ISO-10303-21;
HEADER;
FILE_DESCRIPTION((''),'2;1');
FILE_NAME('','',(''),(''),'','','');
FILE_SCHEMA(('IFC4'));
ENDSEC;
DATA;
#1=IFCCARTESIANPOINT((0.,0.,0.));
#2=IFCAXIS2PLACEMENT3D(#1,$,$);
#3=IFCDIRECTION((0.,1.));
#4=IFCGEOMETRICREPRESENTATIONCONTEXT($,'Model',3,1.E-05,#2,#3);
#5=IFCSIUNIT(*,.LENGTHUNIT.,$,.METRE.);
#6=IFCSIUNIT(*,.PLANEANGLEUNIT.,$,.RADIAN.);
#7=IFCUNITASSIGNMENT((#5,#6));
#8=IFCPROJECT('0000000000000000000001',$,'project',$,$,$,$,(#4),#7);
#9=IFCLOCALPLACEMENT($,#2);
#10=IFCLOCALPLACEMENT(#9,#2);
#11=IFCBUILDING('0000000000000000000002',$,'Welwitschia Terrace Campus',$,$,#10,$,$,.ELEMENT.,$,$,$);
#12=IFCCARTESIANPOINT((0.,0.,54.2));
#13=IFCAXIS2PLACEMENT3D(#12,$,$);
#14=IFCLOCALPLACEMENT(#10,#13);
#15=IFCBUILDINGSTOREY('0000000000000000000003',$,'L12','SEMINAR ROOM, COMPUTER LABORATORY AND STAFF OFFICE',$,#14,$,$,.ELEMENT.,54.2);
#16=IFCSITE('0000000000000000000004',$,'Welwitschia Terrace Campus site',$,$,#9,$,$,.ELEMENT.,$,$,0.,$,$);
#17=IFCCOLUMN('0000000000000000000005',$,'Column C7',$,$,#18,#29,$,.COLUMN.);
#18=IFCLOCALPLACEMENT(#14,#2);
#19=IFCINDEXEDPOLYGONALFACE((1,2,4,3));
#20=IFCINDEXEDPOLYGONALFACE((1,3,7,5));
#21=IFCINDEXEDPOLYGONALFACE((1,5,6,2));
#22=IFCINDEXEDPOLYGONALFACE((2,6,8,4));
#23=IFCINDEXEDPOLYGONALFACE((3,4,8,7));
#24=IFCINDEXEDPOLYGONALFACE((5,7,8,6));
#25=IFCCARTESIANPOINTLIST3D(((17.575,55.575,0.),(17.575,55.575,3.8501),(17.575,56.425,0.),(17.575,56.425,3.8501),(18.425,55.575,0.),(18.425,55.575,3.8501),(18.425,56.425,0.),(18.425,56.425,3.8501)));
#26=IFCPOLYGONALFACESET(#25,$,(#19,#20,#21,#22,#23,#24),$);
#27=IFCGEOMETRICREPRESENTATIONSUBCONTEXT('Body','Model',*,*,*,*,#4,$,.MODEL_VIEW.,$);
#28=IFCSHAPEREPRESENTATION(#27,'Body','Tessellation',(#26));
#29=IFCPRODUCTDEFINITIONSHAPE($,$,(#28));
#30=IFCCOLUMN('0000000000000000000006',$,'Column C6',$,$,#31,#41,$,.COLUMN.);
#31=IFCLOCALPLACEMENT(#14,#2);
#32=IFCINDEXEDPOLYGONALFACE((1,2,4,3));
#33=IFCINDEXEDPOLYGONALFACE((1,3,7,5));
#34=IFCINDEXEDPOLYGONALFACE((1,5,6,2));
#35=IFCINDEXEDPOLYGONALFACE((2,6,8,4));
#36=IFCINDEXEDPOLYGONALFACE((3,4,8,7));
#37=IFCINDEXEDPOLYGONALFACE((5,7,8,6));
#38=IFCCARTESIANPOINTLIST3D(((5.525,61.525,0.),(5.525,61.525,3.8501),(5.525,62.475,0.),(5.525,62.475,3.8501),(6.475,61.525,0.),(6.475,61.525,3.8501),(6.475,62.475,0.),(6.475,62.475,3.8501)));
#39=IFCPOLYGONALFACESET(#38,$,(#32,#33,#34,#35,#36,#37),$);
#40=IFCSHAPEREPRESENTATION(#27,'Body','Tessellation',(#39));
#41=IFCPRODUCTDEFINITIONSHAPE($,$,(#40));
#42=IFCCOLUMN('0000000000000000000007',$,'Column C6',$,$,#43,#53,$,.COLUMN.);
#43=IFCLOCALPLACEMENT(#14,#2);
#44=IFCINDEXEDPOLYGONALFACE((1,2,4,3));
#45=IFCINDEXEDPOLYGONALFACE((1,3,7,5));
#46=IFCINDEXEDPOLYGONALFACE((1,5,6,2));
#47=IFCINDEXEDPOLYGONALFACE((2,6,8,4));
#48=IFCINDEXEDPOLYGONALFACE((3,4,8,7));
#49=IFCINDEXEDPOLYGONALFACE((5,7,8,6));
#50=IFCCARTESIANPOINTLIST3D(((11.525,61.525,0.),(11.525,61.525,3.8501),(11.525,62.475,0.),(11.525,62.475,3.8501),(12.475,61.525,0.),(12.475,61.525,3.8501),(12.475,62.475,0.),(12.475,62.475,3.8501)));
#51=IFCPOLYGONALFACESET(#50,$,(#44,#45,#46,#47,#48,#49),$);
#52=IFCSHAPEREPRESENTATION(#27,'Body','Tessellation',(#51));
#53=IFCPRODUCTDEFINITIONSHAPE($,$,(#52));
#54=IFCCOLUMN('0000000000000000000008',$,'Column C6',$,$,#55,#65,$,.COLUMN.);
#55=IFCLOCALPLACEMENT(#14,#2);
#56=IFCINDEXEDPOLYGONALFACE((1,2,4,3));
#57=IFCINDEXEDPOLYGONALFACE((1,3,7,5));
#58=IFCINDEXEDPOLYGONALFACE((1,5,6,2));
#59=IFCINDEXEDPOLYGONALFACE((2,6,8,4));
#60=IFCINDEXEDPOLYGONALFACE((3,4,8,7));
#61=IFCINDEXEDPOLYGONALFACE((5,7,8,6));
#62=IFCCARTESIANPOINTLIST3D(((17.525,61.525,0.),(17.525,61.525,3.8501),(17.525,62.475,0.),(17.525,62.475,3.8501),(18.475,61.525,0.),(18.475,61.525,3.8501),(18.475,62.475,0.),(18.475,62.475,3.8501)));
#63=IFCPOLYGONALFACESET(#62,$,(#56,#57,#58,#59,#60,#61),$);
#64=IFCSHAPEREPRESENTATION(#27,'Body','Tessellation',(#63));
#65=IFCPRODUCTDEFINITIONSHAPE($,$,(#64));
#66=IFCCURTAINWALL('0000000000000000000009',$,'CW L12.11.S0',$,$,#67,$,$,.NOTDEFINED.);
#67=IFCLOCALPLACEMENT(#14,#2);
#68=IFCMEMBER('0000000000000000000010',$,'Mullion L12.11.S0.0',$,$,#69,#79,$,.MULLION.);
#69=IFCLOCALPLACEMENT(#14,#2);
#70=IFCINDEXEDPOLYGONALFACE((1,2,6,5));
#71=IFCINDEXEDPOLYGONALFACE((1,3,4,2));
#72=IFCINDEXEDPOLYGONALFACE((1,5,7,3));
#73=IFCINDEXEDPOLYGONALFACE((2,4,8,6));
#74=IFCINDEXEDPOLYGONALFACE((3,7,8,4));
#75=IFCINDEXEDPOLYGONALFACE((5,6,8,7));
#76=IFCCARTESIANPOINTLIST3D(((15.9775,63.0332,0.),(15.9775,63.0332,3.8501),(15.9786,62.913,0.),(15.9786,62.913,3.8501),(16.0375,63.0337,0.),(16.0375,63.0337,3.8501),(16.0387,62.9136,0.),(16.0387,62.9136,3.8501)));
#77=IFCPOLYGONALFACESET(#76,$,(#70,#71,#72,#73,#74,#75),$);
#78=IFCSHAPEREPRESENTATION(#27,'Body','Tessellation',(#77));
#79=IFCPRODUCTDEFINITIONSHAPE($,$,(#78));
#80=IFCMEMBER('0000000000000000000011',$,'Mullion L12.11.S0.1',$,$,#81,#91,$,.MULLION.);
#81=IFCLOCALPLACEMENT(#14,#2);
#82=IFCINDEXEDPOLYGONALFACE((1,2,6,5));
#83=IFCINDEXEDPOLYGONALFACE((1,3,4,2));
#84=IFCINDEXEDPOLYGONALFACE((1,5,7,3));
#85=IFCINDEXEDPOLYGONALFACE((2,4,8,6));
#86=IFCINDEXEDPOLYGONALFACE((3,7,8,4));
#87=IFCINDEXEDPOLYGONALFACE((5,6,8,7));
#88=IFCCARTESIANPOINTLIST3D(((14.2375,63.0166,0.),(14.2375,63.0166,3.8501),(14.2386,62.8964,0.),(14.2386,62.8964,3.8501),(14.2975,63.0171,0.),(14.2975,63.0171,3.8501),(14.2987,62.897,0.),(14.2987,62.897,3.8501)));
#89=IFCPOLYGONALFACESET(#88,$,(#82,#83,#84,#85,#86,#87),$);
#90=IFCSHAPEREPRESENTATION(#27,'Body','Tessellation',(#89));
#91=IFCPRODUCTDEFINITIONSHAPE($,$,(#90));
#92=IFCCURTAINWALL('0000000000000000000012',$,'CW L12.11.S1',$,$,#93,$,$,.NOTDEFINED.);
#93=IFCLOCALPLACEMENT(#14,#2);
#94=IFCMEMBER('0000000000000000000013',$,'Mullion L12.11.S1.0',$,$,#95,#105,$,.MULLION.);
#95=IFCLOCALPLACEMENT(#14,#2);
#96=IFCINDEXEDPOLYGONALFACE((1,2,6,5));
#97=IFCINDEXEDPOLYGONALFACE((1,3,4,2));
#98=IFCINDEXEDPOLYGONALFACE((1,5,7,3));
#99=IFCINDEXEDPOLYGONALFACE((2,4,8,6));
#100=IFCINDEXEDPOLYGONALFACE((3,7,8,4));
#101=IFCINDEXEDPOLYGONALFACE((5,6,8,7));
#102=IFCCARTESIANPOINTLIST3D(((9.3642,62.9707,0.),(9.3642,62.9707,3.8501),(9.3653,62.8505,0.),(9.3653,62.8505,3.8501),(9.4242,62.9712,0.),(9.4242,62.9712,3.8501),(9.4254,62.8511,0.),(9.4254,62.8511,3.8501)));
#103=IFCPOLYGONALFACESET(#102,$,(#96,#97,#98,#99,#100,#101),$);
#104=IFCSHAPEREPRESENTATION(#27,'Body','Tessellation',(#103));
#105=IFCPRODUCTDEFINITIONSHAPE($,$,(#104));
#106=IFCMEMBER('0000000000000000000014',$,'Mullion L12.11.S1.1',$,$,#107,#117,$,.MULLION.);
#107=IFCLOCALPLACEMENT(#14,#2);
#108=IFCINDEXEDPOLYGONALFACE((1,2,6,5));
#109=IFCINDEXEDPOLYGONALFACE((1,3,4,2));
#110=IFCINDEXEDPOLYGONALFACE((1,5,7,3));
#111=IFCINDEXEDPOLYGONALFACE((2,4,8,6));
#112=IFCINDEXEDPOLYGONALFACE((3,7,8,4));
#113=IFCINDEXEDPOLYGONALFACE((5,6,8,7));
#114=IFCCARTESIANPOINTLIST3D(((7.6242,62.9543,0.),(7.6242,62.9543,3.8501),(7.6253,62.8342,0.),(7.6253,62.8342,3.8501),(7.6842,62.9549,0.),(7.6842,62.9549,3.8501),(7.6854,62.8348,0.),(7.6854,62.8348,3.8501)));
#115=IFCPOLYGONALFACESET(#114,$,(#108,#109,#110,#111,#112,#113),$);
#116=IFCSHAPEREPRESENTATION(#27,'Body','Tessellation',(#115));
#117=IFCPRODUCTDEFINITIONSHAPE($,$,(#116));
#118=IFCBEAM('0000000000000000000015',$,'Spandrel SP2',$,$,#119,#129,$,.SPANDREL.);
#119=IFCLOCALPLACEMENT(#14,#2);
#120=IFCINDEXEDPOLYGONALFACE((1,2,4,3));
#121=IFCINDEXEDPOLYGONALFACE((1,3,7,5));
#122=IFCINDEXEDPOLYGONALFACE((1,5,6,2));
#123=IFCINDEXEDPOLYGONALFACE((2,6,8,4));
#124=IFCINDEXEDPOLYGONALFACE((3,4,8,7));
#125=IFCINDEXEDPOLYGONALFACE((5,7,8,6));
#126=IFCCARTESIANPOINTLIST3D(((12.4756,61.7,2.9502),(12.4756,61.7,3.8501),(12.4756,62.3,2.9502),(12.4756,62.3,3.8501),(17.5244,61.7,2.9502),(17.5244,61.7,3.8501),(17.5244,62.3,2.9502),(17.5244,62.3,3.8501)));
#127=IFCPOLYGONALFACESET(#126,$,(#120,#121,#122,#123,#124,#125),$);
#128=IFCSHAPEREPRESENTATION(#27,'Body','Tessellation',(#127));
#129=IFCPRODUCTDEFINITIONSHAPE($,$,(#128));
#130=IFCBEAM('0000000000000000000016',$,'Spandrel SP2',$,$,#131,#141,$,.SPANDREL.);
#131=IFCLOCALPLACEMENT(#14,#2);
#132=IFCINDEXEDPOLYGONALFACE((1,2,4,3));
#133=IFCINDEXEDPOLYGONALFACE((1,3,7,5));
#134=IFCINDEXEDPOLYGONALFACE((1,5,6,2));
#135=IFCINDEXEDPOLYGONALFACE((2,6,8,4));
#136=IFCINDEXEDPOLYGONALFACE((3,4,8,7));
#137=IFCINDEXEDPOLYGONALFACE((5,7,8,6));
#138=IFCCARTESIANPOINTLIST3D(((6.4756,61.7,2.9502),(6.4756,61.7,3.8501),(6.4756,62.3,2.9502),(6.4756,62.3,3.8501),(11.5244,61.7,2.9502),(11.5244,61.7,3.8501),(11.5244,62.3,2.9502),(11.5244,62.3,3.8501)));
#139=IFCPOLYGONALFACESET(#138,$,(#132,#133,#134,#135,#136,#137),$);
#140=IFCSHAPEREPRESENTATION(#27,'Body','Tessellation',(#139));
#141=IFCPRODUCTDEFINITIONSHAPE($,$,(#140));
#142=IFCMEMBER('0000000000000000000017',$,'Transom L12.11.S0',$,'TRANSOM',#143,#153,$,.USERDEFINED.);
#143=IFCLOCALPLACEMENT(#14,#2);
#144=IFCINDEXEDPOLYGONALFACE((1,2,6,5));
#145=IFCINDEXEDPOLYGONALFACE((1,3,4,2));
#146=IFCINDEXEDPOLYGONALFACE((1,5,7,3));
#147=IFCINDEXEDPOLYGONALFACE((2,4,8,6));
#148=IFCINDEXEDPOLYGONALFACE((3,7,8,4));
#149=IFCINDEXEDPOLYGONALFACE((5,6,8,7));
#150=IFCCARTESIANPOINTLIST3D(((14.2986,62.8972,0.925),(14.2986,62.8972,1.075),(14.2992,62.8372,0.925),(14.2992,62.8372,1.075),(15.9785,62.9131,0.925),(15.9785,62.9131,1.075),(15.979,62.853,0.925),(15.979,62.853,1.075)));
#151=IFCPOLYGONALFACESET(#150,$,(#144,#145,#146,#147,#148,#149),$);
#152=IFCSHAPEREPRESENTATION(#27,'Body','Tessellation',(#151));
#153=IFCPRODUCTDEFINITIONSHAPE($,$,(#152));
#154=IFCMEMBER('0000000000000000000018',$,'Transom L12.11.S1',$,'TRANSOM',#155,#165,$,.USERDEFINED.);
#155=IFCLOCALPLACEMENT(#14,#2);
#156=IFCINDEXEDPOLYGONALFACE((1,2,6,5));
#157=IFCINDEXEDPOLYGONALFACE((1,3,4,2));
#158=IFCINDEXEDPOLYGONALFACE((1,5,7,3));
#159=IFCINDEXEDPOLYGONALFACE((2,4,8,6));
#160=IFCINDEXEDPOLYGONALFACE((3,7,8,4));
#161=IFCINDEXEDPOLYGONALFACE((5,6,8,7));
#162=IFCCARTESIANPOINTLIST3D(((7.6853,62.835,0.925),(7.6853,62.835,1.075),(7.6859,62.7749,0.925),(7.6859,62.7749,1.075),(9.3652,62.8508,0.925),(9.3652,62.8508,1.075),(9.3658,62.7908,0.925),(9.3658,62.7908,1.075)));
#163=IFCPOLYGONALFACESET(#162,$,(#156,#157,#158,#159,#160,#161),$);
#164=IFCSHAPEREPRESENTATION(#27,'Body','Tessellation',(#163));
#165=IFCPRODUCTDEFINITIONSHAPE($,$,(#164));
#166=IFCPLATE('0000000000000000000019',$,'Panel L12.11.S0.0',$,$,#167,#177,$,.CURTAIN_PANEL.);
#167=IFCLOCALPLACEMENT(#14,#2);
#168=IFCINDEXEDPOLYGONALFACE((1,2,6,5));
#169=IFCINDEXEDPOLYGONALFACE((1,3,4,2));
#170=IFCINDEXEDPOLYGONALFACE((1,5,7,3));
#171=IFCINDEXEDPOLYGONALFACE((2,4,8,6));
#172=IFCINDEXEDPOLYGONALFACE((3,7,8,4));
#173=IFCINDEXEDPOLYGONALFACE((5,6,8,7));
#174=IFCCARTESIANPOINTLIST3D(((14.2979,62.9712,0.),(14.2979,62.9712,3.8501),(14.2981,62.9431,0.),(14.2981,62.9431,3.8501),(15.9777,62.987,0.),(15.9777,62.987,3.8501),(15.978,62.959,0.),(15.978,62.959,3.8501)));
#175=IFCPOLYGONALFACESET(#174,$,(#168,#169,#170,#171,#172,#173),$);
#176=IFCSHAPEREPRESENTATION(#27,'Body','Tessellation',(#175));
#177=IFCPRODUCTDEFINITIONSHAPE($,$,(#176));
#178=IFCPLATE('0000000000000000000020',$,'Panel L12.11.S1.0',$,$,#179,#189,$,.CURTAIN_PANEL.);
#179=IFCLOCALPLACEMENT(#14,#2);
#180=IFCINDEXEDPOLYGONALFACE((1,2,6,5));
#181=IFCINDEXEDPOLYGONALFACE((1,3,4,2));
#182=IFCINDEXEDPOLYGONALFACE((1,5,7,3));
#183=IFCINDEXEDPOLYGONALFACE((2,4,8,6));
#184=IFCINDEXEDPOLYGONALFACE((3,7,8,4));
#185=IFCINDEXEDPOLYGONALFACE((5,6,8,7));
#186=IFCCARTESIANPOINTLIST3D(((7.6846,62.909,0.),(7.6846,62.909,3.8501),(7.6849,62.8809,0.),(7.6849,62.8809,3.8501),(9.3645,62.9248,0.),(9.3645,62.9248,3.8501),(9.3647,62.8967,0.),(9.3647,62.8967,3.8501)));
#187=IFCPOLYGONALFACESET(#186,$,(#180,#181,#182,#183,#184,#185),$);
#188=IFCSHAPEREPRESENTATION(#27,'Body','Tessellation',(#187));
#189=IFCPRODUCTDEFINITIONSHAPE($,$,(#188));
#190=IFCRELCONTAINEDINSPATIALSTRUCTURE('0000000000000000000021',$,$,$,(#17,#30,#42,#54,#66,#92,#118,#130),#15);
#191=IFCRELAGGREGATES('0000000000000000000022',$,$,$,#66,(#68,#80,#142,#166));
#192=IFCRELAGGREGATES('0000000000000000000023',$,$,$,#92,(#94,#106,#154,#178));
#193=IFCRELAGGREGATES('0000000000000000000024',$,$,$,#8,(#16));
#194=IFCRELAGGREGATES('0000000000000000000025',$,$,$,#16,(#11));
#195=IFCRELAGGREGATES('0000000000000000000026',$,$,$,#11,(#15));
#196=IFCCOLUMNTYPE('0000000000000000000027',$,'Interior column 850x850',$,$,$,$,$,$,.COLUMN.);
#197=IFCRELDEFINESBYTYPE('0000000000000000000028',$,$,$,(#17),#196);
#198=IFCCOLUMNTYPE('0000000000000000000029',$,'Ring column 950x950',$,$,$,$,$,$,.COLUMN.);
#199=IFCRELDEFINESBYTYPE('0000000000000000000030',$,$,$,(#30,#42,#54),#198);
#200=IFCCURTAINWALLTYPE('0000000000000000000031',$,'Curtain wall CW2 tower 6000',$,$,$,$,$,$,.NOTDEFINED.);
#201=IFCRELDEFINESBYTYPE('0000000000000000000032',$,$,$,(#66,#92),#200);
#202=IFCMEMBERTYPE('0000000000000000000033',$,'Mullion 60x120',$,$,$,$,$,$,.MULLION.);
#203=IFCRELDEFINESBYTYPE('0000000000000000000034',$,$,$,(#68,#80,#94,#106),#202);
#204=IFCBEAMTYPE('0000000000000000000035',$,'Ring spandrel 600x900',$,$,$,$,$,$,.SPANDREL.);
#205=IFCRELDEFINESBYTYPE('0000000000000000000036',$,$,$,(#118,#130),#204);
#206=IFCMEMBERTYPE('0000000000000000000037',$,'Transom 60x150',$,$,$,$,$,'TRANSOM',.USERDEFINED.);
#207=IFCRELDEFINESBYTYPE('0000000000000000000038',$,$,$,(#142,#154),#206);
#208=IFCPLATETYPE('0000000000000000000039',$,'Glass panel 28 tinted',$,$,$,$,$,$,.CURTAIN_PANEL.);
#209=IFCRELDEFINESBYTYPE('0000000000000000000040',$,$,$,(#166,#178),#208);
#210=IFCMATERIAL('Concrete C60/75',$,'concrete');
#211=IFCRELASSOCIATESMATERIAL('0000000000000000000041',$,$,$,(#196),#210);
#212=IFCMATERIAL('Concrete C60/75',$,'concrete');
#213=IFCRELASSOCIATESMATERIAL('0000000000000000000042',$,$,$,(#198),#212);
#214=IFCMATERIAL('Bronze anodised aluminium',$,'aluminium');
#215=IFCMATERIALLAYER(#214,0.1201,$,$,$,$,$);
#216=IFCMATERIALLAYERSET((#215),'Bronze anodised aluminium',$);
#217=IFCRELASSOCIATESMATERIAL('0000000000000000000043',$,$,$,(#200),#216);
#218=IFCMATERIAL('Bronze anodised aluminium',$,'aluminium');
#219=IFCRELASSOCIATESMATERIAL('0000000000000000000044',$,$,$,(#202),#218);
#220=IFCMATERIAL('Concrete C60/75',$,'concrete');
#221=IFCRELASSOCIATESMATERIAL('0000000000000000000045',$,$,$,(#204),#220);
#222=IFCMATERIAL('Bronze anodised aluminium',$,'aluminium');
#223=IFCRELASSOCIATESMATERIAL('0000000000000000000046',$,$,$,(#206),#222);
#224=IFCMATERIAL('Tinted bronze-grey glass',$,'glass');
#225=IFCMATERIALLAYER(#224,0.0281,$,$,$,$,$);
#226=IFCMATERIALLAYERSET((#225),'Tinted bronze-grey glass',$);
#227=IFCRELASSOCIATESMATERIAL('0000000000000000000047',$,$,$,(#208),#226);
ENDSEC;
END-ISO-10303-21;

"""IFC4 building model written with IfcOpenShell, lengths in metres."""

from ifc_helpers import new_model, si_unit, direction, frame, origin, origin_2d, place, context, subcontext, project, spatial, rectangle, extrude, material, layer, layer_set, material_profile, profile_set, type_object, element, aggregate, save


model = new_model("IFC4")

# Units and contexts
model_context = context("Model", 3, precision=1e-05, world=origin(), true_north=direction((0.0, 1.0)))
body_context = subcontext(model_context, "Body", "Model", "MODEL_VIEW")
ifc_project = project(units=[si_unit("LENGTHUNIT", "METRE"), si_unit("PLANEANGLEUNIT", "RADIAN")], contexts=[model_context])

# Site, building, storey
site_placement = place(None, origin())
site = spatial("IfcSite", under=ifc_project, at=site_placement, Name="Welwitschia Terrace Campus site", CompositionType="ELEMENT", RefElevation=0.0)
building_placement = place(site_placement, origin())
building = spatial("IfcBuilding", under=site, at=building_placement, Name="Welwitschia Terrace Campus", CompositionType="ELEMENT")
storey_placement = place(building_placement, frame((0.0, 0.0, 54.2)))
storey = spatial("IfcBuildingStorey", under=building, at=storey_placement, Name="L12", Description="SEMINAR ROOM, COMPUTER LABORATORY AND STAFF OFFICE", CompositionType="ELEMENT", Elevation=54.2)

# Columns
ifc_material_1 = material(Name="Concrete C60/75", Category="concrete")
ifc_material_profile_1 = material_profile(ifc_material_1, rectangle(XDim=0.8501, YDim=0.8501, at=origin_2d()))
ifc_profile_set_1 = profile_set([ifc_material_profile_1], Name="Concrete C60/75")
column_type_1 = type_object("IfcColumnType", Name="Interior column 850x850", PredefinedType="COLUMN", material=ifc_profile_set_1)
column_placement = place(storey_placement, frame((18.0, 56.0, 0.0), z_axis=(0.0, 0.0, 1.0), x_axis=(1.0, 0.0, 0.0)))
element("IfcColumn", 1, at=column_placement, inside=storey, type_object=column_type_1, Name="Column C7", PredefinedType="COLUMN", context=body_context, shape_type="SweptSolid", body=[
    extrude(rectangle(XDim=0.8501, YDim=0.8501, at=origin_2d()), origin(), (0.0, 0.0, 1.0), 3.8501),
])
ifc_material_2 = material(Name="Concrete C60/75", Category="concrete")
ifc_material_profile_2 = material_profile(ifc_material_2, rectangle(XDim=0.95, YDim=0.95, at=origin_2d()))
ifc_profile_set_2 = profile_set([ifc_material_profile_2], Name="Concrete C60/75")
column_type_2 = type_object("IfcColumnType", Name="Ring column 950x950", PredefinedType="COLUMN", material=ifc_profile_set_2)
for number, where, z_axis, x_axis, name in (
    (2, (6.0, 62.0, 0.0), (0.0, 0.0, 1.0), (1.0, 0.0, 0.0), "Column C6"),
    (3, (12.0, 62.0, 0.0), (0.0, 0.0, 1.0), (1.0, 0.0, 0.0), "Column C6"),
    (4, (18.0, 62.0, 0.0), (0.0, 0.0, 1.0), (1.0, 0.0, 0.0), "Column C6"),
):
    element("IfcColumn", number, at=place(storey_placement, frame(where, z_axis=z_axis, x_axis=x_axis)), inside=storey, type_object=column_type_2, Name=name, PredefinedType="COLUMN", context=body_context, shape_type="SweptSolid", body=[
        extrude(rectangle(XDim=0.95, YDim=0.95, at=origin_2d()), origin(), (0.0, 0.0, 1.0), 3.8501),
    ])

# Curtain walls, members
ifc_material_3 = material(Name="Bronze anodised aluminium", Category="aluminium")
ifc_layer_1 = layer(ifc_material_3, 0.1201)
ifc_layer_set_1 = layer_set([ifc_layer_1], Name="Bronze anodised aluminium")
curtain_wall_type = type_object("IfcCurtainWallType", Name="Curtain wall CW2 tower 6000", PredefinedType="NOTDEFINED", material=ifc_layer_set_1)
curtain_wall_1_placement = place(storey_placement, origin())
curtain_wall_1 = element("IfcCurtainWall", 5, at=curtain_wall_1_placement, inside=storey, type_object=curtain_wall_type, Name="CW L12.11.S0", PredefinedType="NOTDEFINED")
ifc_material_4 = material(Name="Bronze anodised aluminium", Category="aluminium")
ifc_material_profile_3 = material_profile(ifc_material_4, rectangle(XDim=0.1201, YDim=0.0601, at=origin_2d()))
ifc_profile_set_3 = profile_set([ifc_material_profile_3], Name="Bronze anodised aluminium")
member_type_1 = type_object("IfcMemberType", Name="Mullion 60x120", PredefinedType="MULLION", material=ifc_profile_set_3)
member_1_placement = place(storey_placement, frame((16.0081, 62.9734, 0.0), z_axis=(0.0, 0.0, 1.0), x_axis=(0.009422, -0.999956, 0.0)))
member_1 = element("IfcMember", 6, at=member_1_placement, type_object=member_type_1, Name="Mullion L12.11.S0.0", PredefinedType="MULLION", context=body_context, shape_type="SweptSolid", body=[
    extrude(rectangle(XDim=0.1201, YDim=0.0601, at=origin_2d()), origin(), (0.0, 0.0, 1.0), 3.8501),
])
member_2_placement = place(storey_placement, frame((14.2681, 62.9568, 0.0), z_axis=(0.0, 0.0, 1.0), x_axis=(0.009422, -0.999956, 0.0)))
member_2 = element("IfcMember", 7, at=member_2_placement, type_object=member_type_1, Name="Mullion L12.11.S0.1", PredefinedType="MULLION", context=body_context, shape_type="SweptSolid", body=[
    extrude(rectangle(XDim=0.1201, YDim=0.0601, at=origin_2d()), origin(), (0.0, 0.0, 1.0), 3.8501),
])
curtain_wall_2_placement = place(storey_placement, origin())
curtain_wall_2 = element("IfcCurtainWall", 8, at=curtain_wall_2_placement, inside=storey, type_object=curtain_wall_type, Name="CW L12.11.S1", PredefinedType="NOTDEFINED")
member_3_placement = place(storey_placement, frame((9.3948, 62.9109, 0.0), z_axis=(0.0, 0.0, 1.0), x_axis=(0.009422, -0.999956, 0.0)))
member_3 = element("IfcMember", 9, at=member_3_placement, type_object=member_type_1, Name="Mullion L12.11.S1.0", PredefinedType="MULLION", context=body_context, shape_type="SweptSolid", body=[
    extrude(rectangle(XDim=0.1201, YDim=0.0601, at=origin_2d()), origin(), (0.0, 0.0, 1.0), 3.8501),
])
member_4_placement = place(storey_placement, frame((7.6548, 62.8945, 0.0), z_axis=(0.0, 0.0, 1.0), x_axis=(0.009422, -0.999956, 0.0)))
member_4 = element("IfcMember", 10, at=member_4_placement, type_object=member_type_1, Name="Mullion L12.11.S1.1", PredefinedType="MULLION", context=body_context, shape_type="SweptSolid", body=[
    extrude(rectangle(XDim=0.1201, YDim=0.0601, at=origin_2d()), origin(), (0.0, 0.0, 1.0), 3.8501),
])

# Beams
ifc_material_5 = material(Name="Concrete C60/75", Category="concrete")
ifc_material_profile_4 = material_profile(ifc_material_5, rectangle(XDim=0.6001, YDim=0.8999, at=origin_2d()))
ifc_profile_set_4 = profile_set([ifc_material_profile_4], Name="Concrete C60/75")
beam_type = type_object("IfcBeamType", Name="Ring spandrel 600x900", PredefinedType="SPANDREL", material=ifc_profile_set_4)
for number, where, z_axis, x_axis, name in (
    (11, (17.5244, 62.0, 3.4001), (-1.0, 0.0, 0.0), (0.0, -1.0, 0.0), "Spandrel SP2"),
    (12, (11.5244, 62.0, 3.4001), (-1.0, 0.0, 0.0), (0.0, -1.0, 0.0), "Spandrel SP2"),
):
    element("IfcBeam", number, at=place(storey_placement, frame(where, z_axis=z_axis, x_axis=x_axis)), inside=storey, type_object=beam_type, Name=name, PredefinedType="SPANDREL", context=body_context, shape_type="SweptSolid", body=[
        extrude(rectangle(XDim=0.6001, YDim=0.8999, at=origin_2d()), origin(), (0.0, 0.0, 1.0), 5.0488),
    ])

# Members
ifc_material_6 = material(Name="Bronze anodised aluminium", Category="aluminium")
ifc_material_profile_5 = material_profile(ifc_material_6, rectangle(XDim=0.0601, YDim=0.1499, at=origin_2d()))
ifc_profile_set_5 = profile_set([ifc_material_profile_5], Name="Bronze anodised aluminium")
member_type_2 = type_object("IfcMemberType", Name="Transom 60x150", ElementType="TRANSOM", PredefinedType="USERDEFINED", material=ifc_profile_set_5)
member_5_placement = place(storey_placement, frame((15.9788, 62.8831, 1.0), z_axis=(-0.999955, -0.009446, 0.0), x_axis=(0.009446, -0.999955, 0.0)))
member_5 = element("IfcMember", 13, at=member_5_placement, type_object=member_type_2, Name="Transom L12.11.S0", ObjectType="TRANSOM", PredefinedType="USERDEFINED", context=body_context, shape_type="SweptSolid", body=[
    extrude(rectangle(XDim=0.0601, YDim=0.1499, at=origin_2d()), origin(), (0.0, 0.0, 1.0), 1.6799),
])
member_6_placement = place(storey_placement, frame((9.3655, 62.8208, 1.0), z_axis=(-0.999955, -0.009446, 0.0), x_axis=(0.009446, -0.999955, 0.0)))
member_6 = element("IfcMember", 14, at=member_6_placement, type_object=member_type_2, Name="Transom L12.11.S1", ObjectType="TRANSOM", PredefinedType="USERDEFINED", context=body_context, shape_type="SweptSolid", body=[
    extrude(rectangle(XDim=0.0601, YDim=0.1499, at=origin_2d()), origin(), (0.0, 0.0, 1.0), 1.6799),
])

# Plates
ifc_material_7 = material(Name="Tinted bronze-grey glass", Category="glass")
ifc_layer_2 = layer(ifc_material_7, 0.0281)
ifc_layer_set_2 = layer_set([ifc_layer_2], Name="Tinted bronze-grey glass")
plate_type = type_object("IfcPlateType", Name="Glass panel 28 tinted", PredefinedType="CURTAIN_PANEL", material=ifc_layer_set_2)
plate_1_placement = place(storey_placement, frame((15.1379, 62.9651, 0.0), z_axis=(0.0, 0.0, 1.0), x_axis=(-0.999956, -0.009422, 0.0)))
plate_1 = element("IfcPlate", 15, at=plate_1_placement, type_object=plate_type, Name="Panel L12.11.S0.0", PredefinedType="CURTAIN_PANEL", context=body_context, shape_type="SweptSolid", body=[
    extrude(rectangle(XDim=1.6799, YDim=0.0281, at=origin_2d()), origin(), (0.0, 0.0, 1.0), 3.8501),
])
aggregate(curtain_wall_1, [member_1, member_2, member_5, plate_1])
plate_2_placement = place(storey_placement, frame((8.5247, 62.9028, 0.0), z_axis=(0.0, 0.0, 1.0), x_axis=(-0.999956, -0.009422, 0.0)))
plate_2 = element("IfcPlate", 16, at=plate_2_placement, type_object=plate_type, Name="Panel L12.11.S1.0", PredefinedType="CURTAIN_PANEL", context=body_context, shape_type="SweptSolid", body=[
    extrude(rectangle(XDim=1.6799, YDim=0.0281, at=origin_2d()), origin(), (0.0, 0.0, 1.0), 3.8501),
])
aggregate(curtain_wall_2, [member_3, member_4, member_6, plate_2])

save(model, "model.ifc")
